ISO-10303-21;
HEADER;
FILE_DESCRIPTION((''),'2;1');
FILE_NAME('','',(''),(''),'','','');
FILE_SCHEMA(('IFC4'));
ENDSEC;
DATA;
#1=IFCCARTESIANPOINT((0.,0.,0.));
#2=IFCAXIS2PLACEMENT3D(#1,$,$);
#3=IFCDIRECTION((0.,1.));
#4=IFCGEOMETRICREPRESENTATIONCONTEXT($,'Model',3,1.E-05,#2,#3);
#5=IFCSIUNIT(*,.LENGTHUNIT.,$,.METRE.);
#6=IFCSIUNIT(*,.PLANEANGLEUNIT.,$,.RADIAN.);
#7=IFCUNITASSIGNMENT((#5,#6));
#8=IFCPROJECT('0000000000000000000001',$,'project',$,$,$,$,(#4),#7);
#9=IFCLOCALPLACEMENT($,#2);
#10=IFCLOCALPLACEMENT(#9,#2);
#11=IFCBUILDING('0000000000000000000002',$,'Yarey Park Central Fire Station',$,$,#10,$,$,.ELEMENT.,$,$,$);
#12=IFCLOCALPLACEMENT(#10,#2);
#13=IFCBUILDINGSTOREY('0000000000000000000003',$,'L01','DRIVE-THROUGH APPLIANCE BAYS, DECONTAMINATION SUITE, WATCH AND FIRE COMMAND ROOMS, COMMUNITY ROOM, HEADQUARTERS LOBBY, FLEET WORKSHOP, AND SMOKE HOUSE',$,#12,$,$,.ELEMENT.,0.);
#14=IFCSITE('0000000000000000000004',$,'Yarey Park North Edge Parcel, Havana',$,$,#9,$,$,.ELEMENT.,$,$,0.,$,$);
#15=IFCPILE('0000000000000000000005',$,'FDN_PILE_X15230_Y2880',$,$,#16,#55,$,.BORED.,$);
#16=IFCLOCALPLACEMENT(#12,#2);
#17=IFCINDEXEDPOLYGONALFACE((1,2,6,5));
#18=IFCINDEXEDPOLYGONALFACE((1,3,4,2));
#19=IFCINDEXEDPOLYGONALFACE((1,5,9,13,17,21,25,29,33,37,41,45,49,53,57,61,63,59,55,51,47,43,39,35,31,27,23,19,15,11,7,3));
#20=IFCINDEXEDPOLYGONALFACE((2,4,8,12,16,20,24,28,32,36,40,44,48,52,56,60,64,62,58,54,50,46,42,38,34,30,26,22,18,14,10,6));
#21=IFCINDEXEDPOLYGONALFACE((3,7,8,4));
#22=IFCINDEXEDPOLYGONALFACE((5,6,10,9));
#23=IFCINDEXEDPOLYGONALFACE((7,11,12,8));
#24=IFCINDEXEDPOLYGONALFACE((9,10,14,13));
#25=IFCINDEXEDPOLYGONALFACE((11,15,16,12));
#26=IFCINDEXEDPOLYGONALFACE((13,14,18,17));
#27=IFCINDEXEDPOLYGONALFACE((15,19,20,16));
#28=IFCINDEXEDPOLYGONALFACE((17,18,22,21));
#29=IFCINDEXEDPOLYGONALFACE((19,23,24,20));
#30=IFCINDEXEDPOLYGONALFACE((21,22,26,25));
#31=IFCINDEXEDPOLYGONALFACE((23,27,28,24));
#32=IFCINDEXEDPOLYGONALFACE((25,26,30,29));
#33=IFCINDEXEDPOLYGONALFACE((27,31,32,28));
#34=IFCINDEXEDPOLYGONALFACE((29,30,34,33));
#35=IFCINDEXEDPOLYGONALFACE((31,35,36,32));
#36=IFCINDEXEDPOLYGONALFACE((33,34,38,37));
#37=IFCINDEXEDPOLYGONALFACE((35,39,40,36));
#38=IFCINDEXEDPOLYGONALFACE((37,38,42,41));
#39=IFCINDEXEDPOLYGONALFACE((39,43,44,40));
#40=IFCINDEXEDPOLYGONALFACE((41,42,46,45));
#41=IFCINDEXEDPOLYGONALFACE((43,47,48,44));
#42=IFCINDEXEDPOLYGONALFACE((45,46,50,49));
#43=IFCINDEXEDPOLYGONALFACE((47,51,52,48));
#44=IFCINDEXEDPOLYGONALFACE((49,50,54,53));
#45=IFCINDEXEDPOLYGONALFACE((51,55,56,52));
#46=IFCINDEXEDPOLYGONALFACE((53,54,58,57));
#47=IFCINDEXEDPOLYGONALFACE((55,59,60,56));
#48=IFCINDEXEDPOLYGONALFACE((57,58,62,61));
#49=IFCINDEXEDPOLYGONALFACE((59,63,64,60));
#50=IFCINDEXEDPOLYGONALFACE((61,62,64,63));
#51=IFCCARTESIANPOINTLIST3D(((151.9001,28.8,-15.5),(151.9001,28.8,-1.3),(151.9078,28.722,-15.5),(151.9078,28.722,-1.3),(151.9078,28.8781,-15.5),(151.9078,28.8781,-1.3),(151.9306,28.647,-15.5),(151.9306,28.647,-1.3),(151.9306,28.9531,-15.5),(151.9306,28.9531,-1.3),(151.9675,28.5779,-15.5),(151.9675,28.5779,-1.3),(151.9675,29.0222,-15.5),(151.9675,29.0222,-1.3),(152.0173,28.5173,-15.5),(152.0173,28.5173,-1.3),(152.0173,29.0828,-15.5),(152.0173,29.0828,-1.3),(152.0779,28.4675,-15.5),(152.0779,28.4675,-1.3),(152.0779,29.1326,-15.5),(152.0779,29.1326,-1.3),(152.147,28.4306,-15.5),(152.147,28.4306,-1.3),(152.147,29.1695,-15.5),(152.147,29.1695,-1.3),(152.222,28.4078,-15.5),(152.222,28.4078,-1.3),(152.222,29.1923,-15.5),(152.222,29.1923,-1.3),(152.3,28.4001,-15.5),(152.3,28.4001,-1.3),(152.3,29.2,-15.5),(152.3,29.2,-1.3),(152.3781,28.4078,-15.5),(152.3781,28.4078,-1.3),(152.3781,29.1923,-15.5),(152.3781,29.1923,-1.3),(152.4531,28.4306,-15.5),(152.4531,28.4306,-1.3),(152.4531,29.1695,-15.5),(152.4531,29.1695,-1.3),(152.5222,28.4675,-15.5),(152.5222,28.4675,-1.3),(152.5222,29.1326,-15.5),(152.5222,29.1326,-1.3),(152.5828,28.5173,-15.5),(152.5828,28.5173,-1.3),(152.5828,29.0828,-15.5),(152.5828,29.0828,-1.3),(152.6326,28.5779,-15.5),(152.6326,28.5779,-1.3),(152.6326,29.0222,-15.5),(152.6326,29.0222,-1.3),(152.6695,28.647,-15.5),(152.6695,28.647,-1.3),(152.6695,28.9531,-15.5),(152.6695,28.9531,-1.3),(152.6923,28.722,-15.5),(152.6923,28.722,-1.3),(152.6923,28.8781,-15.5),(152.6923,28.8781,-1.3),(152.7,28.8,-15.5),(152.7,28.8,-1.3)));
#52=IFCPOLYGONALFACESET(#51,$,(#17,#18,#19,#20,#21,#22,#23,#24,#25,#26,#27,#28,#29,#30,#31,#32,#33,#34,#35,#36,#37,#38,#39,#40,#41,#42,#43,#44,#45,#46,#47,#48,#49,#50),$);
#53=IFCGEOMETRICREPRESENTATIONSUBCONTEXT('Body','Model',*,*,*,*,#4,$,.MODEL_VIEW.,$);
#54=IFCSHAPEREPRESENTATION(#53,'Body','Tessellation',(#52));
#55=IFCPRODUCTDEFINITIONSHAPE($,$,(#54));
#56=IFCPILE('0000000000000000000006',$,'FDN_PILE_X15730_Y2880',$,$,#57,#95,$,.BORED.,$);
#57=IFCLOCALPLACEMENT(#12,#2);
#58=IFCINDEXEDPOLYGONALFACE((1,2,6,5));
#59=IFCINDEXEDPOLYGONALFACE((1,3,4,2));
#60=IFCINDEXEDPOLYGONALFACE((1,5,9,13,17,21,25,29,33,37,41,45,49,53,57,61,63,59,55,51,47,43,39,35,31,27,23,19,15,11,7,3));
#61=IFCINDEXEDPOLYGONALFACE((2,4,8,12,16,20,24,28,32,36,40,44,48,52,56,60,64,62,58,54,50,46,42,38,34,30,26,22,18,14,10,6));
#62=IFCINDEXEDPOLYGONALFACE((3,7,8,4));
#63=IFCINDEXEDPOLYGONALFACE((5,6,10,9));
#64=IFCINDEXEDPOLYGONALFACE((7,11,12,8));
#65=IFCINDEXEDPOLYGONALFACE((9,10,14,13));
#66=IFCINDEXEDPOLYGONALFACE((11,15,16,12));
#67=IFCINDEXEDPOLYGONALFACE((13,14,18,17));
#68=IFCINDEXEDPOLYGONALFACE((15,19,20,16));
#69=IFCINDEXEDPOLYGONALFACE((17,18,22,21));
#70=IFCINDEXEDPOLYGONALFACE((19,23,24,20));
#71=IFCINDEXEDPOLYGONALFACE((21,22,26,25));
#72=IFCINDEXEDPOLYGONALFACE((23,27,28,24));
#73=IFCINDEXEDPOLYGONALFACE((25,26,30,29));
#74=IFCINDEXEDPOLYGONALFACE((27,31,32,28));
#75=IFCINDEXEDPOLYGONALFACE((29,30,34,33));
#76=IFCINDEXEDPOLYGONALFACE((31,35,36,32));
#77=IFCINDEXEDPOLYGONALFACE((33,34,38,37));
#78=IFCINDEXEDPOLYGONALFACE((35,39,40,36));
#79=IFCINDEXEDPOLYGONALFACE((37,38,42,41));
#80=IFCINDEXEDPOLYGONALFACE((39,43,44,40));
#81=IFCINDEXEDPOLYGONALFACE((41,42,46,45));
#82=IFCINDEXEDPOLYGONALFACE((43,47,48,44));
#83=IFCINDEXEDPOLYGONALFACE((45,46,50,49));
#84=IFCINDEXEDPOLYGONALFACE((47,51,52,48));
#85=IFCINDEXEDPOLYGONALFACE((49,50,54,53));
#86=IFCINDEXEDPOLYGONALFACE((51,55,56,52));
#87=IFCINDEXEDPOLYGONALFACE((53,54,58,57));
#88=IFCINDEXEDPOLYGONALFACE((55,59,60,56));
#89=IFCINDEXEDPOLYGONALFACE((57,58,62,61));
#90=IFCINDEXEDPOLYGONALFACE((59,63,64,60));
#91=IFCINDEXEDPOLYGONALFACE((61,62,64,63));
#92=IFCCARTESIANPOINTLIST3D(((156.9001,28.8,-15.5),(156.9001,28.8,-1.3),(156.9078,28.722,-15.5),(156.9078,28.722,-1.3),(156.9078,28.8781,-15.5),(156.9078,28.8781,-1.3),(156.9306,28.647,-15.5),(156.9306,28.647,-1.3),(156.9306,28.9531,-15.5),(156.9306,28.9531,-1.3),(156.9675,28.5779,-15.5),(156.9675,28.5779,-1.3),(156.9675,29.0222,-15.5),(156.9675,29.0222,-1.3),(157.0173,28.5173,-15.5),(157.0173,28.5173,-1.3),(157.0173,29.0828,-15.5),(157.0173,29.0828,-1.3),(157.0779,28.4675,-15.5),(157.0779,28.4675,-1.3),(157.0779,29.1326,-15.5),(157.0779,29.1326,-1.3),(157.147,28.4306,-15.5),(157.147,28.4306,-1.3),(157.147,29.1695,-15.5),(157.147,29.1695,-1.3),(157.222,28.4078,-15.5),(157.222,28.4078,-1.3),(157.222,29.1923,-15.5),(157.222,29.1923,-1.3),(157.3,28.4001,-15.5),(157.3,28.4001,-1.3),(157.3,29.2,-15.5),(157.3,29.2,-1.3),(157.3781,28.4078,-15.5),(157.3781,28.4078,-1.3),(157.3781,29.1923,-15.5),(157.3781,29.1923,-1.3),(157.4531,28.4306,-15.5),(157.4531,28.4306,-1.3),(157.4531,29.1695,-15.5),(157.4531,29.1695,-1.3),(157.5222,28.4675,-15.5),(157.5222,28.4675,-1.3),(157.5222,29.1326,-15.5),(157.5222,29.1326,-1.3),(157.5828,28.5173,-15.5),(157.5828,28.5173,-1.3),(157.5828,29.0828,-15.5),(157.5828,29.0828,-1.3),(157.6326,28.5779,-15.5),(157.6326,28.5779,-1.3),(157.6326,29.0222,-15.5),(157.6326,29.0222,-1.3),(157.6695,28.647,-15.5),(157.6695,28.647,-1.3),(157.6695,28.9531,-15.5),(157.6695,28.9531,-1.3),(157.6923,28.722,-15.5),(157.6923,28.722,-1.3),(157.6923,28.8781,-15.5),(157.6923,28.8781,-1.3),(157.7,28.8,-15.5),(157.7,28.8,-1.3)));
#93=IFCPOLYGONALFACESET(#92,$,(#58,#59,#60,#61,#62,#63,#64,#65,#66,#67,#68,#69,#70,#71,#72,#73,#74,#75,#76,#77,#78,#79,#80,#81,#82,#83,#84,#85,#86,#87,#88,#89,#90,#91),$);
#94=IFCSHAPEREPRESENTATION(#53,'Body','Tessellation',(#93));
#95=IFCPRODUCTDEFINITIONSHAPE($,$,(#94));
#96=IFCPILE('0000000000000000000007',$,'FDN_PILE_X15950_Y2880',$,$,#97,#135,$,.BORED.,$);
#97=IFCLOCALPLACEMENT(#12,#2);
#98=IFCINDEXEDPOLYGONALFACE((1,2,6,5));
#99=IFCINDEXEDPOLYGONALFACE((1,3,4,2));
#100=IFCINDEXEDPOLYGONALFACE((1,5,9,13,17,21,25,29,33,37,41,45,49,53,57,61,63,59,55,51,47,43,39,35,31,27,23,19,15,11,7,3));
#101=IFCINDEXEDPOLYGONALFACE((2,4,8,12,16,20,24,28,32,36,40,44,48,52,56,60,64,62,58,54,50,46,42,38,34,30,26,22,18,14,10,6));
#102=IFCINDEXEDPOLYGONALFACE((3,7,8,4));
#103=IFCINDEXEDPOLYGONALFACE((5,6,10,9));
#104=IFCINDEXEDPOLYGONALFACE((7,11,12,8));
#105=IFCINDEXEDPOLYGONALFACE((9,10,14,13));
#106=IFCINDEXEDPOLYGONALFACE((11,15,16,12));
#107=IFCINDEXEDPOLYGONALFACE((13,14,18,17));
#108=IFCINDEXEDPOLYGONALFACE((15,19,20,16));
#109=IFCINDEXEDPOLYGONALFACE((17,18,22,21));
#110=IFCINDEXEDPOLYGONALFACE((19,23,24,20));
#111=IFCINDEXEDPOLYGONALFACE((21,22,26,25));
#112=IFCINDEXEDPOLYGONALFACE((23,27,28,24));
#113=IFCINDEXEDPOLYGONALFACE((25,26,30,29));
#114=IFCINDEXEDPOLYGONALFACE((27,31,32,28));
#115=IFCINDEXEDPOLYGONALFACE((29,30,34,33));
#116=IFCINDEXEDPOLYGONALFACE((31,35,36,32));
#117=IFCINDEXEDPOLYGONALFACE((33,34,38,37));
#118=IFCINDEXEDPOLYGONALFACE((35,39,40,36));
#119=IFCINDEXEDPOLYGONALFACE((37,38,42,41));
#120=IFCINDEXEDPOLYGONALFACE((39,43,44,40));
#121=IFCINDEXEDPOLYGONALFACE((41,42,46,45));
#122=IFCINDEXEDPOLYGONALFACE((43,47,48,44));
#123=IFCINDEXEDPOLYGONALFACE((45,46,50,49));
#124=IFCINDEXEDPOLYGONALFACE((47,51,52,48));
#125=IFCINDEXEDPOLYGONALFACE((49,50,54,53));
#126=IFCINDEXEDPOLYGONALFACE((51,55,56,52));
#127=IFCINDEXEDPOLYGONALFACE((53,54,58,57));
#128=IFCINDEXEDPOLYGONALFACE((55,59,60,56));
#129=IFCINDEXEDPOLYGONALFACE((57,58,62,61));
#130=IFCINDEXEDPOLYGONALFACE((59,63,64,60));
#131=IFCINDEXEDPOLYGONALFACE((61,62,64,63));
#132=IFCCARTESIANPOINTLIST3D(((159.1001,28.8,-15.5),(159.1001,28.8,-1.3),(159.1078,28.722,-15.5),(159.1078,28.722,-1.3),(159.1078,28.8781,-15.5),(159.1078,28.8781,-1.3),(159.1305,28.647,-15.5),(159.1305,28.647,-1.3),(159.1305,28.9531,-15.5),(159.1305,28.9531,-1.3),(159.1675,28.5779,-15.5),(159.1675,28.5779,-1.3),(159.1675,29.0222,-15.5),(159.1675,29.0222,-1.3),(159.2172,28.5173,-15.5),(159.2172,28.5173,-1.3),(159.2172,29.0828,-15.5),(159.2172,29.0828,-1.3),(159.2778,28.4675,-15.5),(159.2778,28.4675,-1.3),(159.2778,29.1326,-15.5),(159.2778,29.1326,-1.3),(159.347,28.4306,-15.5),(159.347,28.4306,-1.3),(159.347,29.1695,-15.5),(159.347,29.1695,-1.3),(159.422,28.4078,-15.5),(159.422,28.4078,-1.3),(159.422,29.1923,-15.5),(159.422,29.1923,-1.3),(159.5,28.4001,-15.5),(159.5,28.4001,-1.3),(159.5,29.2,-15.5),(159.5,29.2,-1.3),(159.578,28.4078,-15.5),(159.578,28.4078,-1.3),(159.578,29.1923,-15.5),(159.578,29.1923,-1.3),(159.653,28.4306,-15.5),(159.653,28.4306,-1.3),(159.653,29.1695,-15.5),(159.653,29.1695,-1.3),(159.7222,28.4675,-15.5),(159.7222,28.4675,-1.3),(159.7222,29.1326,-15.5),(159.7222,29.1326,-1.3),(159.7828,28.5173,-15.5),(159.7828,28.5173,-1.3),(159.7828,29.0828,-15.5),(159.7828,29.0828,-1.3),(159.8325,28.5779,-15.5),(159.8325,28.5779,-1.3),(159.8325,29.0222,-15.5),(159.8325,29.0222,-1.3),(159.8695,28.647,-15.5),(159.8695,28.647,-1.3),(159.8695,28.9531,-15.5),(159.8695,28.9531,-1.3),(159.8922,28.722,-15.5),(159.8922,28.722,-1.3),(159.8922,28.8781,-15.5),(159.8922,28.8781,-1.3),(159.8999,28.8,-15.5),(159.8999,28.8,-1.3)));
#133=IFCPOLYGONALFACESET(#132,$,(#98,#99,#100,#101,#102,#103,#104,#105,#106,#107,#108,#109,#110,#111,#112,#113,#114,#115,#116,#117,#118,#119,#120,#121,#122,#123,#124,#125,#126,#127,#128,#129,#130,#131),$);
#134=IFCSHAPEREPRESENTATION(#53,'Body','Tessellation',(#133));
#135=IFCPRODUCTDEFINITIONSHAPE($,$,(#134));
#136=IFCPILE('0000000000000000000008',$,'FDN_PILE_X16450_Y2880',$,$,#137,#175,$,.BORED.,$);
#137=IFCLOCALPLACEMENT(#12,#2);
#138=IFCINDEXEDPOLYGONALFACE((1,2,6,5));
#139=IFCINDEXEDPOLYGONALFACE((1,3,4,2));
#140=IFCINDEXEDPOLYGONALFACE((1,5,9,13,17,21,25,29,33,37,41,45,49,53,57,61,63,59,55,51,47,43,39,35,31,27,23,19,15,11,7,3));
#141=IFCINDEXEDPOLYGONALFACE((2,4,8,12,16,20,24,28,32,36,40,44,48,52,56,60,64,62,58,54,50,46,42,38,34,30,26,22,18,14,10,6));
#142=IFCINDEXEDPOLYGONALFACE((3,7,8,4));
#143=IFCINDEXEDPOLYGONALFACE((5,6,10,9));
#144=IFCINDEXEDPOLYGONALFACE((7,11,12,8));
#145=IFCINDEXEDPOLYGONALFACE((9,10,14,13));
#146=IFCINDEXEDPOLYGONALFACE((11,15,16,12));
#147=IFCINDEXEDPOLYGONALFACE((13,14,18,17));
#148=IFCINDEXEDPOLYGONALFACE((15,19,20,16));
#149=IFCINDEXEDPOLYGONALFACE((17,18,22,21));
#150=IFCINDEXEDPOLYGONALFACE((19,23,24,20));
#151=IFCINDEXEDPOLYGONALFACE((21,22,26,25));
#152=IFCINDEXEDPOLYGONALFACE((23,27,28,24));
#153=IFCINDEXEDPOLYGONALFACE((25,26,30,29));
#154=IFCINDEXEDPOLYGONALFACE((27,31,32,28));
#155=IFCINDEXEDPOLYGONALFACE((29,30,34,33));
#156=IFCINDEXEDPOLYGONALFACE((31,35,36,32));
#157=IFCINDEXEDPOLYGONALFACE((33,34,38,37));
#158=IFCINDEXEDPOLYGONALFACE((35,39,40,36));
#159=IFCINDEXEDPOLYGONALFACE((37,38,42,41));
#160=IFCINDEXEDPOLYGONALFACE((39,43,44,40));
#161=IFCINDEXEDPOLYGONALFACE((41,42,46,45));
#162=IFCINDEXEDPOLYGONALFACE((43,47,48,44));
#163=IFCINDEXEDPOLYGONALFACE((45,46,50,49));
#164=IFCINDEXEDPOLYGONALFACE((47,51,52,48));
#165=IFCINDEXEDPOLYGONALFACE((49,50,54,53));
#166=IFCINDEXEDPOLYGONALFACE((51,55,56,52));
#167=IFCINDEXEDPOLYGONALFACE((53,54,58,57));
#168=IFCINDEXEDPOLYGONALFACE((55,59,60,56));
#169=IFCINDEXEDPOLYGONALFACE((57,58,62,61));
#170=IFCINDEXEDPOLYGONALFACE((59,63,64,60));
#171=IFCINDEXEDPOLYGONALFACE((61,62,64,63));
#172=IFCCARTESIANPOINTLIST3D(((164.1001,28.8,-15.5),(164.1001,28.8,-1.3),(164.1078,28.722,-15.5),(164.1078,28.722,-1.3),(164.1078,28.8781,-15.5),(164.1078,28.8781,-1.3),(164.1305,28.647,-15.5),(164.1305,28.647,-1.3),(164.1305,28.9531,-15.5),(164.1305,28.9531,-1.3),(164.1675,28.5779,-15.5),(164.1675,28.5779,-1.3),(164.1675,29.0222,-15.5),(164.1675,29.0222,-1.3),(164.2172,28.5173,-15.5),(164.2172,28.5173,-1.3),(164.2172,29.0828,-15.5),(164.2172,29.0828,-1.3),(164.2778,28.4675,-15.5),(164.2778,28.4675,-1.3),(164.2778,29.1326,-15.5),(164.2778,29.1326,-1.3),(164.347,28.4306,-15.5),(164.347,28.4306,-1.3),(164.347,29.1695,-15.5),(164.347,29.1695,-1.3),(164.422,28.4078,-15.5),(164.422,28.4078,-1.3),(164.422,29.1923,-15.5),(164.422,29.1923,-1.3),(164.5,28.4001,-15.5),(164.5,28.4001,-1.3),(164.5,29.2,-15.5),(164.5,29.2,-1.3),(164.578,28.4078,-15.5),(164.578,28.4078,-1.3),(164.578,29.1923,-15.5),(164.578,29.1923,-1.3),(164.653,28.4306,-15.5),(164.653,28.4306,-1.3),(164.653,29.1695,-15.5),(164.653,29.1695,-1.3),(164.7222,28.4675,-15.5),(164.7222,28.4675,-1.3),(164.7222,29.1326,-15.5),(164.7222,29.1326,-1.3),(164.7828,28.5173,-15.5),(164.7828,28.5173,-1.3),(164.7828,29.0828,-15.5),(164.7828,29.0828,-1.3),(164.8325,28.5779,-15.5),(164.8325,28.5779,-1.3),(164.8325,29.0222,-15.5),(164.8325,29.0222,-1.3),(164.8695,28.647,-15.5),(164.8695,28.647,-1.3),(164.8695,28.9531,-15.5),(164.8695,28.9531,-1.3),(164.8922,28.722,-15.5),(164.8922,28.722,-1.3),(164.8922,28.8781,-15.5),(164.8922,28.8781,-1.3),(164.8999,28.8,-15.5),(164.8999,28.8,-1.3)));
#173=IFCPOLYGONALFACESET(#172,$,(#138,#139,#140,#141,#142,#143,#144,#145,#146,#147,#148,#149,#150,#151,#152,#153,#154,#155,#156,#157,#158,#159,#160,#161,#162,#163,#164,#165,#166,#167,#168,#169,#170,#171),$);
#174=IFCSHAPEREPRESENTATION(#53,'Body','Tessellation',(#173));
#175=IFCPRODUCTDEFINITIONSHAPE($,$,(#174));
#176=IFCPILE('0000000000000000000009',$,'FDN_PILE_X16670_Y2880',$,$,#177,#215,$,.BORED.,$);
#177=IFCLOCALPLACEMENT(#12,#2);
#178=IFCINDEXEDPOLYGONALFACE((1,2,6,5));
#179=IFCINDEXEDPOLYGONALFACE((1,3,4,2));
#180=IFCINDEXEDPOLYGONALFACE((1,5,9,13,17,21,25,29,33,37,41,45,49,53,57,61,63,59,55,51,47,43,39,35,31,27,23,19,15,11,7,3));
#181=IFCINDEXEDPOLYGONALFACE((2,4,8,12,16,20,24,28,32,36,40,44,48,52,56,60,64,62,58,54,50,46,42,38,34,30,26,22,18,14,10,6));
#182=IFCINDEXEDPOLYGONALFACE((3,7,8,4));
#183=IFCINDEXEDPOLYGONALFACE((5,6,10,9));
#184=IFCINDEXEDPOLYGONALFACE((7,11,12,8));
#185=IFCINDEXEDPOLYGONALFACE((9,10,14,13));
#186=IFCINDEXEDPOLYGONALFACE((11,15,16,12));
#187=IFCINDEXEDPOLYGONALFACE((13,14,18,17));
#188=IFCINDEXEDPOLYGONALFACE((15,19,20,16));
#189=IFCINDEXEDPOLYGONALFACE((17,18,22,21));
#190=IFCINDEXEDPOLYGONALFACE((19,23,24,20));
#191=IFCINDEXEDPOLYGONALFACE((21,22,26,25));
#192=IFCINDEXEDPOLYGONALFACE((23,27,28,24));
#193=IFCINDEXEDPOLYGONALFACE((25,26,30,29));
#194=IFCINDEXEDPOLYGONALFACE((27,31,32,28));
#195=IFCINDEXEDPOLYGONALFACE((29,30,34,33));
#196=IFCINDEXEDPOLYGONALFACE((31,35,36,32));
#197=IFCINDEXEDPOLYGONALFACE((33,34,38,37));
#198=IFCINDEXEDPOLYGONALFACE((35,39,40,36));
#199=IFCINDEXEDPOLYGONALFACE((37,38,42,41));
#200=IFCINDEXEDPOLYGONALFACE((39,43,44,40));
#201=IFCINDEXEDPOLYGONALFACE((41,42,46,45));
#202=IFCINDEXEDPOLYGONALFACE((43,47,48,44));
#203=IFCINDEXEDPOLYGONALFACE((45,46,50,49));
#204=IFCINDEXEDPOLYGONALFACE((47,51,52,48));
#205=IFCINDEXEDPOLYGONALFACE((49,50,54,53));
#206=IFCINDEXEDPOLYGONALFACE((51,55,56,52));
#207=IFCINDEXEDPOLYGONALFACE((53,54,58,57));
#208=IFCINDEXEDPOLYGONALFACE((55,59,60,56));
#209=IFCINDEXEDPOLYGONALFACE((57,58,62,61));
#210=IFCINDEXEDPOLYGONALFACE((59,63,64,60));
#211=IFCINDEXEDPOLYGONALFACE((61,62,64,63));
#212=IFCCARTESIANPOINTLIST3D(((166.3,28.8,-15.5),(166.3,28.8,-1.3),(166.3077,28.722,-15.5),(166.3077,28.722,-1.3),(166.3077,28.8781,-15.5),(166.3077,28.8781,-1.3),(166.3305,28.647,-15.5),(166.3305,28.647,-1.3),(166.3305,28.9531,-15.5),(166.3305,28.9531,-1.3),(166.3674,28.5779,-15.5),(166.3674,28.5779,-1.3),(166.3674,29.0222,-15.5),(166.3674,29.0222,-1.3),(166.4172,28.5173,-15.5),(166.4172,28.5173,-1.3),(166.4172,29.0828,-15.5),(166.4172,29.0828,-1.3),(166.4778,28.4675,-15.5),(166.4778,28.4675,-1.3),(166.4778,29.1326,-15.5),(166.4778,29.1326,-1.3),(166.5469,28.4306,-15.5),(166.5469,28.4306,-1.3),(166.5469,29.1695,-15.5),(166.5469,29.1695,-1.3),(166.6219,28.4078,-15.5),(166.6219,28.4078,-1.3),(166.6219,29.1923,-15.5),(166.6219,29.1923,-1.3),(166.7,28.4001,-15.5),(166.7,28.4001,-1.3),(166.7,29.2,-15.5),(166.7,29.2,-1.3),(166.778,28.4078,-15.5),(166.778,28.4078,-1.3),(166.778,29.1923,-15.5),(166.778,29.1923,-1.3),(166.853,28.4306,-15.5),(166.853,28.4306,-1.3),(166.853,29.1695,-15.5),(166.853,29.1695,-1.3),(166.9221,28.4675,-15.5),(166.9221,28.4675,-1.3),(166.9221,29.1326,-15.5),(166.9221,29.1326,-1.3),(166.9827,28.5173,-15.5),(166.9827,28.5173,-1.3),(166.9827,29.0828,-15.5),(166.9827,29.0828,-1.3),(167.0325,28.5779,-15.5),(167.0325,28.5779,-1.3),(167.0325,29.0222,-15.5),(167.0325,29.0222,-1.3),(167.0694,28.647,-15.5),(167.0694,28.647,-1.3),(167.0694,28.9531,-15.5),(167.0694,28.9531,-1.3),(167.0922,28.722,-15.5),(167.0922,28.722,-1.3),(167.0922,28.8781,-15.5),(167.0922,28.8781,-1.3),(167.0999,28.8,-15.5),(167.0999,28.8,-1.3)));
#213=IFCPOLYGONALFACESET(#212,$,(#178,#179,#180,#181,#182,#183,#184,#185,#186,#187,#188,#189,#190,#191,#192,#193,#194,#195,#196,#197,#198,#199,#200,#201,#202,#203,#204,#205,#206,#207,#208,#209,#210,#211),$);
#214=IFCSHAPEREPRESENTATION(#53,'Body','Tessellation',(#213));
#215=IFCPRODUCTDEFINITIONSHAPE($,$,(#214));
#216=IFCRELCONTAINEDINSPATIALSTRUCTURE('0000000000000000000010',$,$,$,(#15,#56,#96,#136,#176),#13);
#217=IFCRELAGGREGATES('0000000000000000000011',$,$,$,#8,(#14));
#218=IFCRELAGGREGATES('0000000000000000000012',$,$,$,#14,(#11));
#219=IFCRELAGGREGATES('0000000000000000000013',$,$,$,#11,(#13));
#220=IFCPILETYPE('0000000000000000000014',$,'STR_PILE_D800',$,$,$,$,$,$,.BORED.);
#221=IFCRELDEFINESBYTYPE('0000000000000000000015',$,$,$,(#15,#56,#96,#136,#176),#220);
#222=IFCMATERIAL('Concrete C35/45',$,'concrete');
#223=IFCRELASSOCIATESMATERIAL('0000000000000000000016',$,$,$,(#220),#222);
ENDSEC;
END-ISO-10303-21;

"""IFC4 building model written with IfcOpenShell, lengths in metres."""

from ifc_helpers import new_model, si_unit, direction, frame, origin, origin_2d, place, context, subcontext, project, spatial, circle, extrude, material, material_profile, profile_set, type_object, element, save


model = new_model("IFC4")

# Units and contexts
model_context = context("Model", 3, precision=1e-05, world=origin(), true_north=direction((0.0, 1.0)))
body_context = subcontext(model_context, "Body", "Model", "MODEL_VIEW")
ifc_project = project(units=[si_unit("LENGTHUNIT", "METRE"), si_unit("PLANEANGLEUNIT", "RADIAN")], contexts=[model_context])

# Site, building, storey
site_placement = place(None, origin())
site = spatial("IfcSite", under=ifc_project, at=site_placement, Name="Yarey Park North Edge Parcel, Havana", CompositionType="ELEMENT", RefElevation=0.0)
building_placement = place(site_placement, origin())
building = spatial("IfcBuilding", under=site, at=building_placement, Name="Yarey Park Central Fire Station", CompositionType="ELEMENT")
storey_placement = place(building_placement, origin())
storey = spatial("IfcBuildingStorey", under=building, at=storey_placement, Name="L01", Description="DRIVE-THROUGH APPLIANCE BAYS, DECONTAMINATION SUITE, WATCH AND FIRE COMMAND ROOMS, COMMUNITY ROOM, HEADQUARTERS LOBBY, FLEET WORKSHOP, AND SMOKE HOUSE", CompositionType="ELEMENT", Elevation=0.0)

# Shared definitions
ifc_material_1 = material(Name="Concrete C35/45", Category="concrete")

# Piles
ifc_material_profile_1 = material_profile(ifc_material_1, circle(Radius=0.3999, at=origin_2d()), Name="BORED PILE D800")
ifc_profile_set_1 = profile_set([ifc_material_profile_1], Name="Concrete C35/45")
pile_type = type_object("IfcPileType", Name="STR_PILE_D800", PredefinedType="BORED", material=ifc_profile_set_1)
for number, where, z_axis, x_axis, name in (
    (1, (152.3, 28.8, -1.3), (0.0, 0.0, -1.0), (1.0, 0.0, 0.0), "FDN_PILE_X15230_Y2880"),
    (2, (157.3, 28.8, -1.3), (0.0, 0.0, -1.0), (1.0, 0.0, 0.0), "FDN_PILE_X15730_Y2880"),
    (3, (159.5, 28.8, -1.3), (0.0, 0.0, -1.0), (1.0, 0.0, 0.0), "FDN_PILE_X15950_Y2880"),
    (4, (164.5, 28.8, -1.3), (0.0, 0.0, -1.0), (1.0, 0.0, 0.0), "FDN_PILE_X16450_Y2880"),
    (5, (166.7, 28.8, -1.3), (0.0, 0.0, -1.0), (1.0, 0.0, 0.0), "FDN_PILE_X16670_Y2880"),
):
    element("IfcPile", number, at=place(storey_placement, frame(where, z_axis=z_axis, x_axis=x_axis)), inside=storey, type_object=pile_type, Name=name, PredefinedType="BORED", context=body_context, shape_type="SweptSolid", body=[
        extrude(circle(Radius=0.3999, at=origin_2d()), origin(), (0.0, 0.0, 1.0), 14.2),
    ])

save(model, "model.ifc")
